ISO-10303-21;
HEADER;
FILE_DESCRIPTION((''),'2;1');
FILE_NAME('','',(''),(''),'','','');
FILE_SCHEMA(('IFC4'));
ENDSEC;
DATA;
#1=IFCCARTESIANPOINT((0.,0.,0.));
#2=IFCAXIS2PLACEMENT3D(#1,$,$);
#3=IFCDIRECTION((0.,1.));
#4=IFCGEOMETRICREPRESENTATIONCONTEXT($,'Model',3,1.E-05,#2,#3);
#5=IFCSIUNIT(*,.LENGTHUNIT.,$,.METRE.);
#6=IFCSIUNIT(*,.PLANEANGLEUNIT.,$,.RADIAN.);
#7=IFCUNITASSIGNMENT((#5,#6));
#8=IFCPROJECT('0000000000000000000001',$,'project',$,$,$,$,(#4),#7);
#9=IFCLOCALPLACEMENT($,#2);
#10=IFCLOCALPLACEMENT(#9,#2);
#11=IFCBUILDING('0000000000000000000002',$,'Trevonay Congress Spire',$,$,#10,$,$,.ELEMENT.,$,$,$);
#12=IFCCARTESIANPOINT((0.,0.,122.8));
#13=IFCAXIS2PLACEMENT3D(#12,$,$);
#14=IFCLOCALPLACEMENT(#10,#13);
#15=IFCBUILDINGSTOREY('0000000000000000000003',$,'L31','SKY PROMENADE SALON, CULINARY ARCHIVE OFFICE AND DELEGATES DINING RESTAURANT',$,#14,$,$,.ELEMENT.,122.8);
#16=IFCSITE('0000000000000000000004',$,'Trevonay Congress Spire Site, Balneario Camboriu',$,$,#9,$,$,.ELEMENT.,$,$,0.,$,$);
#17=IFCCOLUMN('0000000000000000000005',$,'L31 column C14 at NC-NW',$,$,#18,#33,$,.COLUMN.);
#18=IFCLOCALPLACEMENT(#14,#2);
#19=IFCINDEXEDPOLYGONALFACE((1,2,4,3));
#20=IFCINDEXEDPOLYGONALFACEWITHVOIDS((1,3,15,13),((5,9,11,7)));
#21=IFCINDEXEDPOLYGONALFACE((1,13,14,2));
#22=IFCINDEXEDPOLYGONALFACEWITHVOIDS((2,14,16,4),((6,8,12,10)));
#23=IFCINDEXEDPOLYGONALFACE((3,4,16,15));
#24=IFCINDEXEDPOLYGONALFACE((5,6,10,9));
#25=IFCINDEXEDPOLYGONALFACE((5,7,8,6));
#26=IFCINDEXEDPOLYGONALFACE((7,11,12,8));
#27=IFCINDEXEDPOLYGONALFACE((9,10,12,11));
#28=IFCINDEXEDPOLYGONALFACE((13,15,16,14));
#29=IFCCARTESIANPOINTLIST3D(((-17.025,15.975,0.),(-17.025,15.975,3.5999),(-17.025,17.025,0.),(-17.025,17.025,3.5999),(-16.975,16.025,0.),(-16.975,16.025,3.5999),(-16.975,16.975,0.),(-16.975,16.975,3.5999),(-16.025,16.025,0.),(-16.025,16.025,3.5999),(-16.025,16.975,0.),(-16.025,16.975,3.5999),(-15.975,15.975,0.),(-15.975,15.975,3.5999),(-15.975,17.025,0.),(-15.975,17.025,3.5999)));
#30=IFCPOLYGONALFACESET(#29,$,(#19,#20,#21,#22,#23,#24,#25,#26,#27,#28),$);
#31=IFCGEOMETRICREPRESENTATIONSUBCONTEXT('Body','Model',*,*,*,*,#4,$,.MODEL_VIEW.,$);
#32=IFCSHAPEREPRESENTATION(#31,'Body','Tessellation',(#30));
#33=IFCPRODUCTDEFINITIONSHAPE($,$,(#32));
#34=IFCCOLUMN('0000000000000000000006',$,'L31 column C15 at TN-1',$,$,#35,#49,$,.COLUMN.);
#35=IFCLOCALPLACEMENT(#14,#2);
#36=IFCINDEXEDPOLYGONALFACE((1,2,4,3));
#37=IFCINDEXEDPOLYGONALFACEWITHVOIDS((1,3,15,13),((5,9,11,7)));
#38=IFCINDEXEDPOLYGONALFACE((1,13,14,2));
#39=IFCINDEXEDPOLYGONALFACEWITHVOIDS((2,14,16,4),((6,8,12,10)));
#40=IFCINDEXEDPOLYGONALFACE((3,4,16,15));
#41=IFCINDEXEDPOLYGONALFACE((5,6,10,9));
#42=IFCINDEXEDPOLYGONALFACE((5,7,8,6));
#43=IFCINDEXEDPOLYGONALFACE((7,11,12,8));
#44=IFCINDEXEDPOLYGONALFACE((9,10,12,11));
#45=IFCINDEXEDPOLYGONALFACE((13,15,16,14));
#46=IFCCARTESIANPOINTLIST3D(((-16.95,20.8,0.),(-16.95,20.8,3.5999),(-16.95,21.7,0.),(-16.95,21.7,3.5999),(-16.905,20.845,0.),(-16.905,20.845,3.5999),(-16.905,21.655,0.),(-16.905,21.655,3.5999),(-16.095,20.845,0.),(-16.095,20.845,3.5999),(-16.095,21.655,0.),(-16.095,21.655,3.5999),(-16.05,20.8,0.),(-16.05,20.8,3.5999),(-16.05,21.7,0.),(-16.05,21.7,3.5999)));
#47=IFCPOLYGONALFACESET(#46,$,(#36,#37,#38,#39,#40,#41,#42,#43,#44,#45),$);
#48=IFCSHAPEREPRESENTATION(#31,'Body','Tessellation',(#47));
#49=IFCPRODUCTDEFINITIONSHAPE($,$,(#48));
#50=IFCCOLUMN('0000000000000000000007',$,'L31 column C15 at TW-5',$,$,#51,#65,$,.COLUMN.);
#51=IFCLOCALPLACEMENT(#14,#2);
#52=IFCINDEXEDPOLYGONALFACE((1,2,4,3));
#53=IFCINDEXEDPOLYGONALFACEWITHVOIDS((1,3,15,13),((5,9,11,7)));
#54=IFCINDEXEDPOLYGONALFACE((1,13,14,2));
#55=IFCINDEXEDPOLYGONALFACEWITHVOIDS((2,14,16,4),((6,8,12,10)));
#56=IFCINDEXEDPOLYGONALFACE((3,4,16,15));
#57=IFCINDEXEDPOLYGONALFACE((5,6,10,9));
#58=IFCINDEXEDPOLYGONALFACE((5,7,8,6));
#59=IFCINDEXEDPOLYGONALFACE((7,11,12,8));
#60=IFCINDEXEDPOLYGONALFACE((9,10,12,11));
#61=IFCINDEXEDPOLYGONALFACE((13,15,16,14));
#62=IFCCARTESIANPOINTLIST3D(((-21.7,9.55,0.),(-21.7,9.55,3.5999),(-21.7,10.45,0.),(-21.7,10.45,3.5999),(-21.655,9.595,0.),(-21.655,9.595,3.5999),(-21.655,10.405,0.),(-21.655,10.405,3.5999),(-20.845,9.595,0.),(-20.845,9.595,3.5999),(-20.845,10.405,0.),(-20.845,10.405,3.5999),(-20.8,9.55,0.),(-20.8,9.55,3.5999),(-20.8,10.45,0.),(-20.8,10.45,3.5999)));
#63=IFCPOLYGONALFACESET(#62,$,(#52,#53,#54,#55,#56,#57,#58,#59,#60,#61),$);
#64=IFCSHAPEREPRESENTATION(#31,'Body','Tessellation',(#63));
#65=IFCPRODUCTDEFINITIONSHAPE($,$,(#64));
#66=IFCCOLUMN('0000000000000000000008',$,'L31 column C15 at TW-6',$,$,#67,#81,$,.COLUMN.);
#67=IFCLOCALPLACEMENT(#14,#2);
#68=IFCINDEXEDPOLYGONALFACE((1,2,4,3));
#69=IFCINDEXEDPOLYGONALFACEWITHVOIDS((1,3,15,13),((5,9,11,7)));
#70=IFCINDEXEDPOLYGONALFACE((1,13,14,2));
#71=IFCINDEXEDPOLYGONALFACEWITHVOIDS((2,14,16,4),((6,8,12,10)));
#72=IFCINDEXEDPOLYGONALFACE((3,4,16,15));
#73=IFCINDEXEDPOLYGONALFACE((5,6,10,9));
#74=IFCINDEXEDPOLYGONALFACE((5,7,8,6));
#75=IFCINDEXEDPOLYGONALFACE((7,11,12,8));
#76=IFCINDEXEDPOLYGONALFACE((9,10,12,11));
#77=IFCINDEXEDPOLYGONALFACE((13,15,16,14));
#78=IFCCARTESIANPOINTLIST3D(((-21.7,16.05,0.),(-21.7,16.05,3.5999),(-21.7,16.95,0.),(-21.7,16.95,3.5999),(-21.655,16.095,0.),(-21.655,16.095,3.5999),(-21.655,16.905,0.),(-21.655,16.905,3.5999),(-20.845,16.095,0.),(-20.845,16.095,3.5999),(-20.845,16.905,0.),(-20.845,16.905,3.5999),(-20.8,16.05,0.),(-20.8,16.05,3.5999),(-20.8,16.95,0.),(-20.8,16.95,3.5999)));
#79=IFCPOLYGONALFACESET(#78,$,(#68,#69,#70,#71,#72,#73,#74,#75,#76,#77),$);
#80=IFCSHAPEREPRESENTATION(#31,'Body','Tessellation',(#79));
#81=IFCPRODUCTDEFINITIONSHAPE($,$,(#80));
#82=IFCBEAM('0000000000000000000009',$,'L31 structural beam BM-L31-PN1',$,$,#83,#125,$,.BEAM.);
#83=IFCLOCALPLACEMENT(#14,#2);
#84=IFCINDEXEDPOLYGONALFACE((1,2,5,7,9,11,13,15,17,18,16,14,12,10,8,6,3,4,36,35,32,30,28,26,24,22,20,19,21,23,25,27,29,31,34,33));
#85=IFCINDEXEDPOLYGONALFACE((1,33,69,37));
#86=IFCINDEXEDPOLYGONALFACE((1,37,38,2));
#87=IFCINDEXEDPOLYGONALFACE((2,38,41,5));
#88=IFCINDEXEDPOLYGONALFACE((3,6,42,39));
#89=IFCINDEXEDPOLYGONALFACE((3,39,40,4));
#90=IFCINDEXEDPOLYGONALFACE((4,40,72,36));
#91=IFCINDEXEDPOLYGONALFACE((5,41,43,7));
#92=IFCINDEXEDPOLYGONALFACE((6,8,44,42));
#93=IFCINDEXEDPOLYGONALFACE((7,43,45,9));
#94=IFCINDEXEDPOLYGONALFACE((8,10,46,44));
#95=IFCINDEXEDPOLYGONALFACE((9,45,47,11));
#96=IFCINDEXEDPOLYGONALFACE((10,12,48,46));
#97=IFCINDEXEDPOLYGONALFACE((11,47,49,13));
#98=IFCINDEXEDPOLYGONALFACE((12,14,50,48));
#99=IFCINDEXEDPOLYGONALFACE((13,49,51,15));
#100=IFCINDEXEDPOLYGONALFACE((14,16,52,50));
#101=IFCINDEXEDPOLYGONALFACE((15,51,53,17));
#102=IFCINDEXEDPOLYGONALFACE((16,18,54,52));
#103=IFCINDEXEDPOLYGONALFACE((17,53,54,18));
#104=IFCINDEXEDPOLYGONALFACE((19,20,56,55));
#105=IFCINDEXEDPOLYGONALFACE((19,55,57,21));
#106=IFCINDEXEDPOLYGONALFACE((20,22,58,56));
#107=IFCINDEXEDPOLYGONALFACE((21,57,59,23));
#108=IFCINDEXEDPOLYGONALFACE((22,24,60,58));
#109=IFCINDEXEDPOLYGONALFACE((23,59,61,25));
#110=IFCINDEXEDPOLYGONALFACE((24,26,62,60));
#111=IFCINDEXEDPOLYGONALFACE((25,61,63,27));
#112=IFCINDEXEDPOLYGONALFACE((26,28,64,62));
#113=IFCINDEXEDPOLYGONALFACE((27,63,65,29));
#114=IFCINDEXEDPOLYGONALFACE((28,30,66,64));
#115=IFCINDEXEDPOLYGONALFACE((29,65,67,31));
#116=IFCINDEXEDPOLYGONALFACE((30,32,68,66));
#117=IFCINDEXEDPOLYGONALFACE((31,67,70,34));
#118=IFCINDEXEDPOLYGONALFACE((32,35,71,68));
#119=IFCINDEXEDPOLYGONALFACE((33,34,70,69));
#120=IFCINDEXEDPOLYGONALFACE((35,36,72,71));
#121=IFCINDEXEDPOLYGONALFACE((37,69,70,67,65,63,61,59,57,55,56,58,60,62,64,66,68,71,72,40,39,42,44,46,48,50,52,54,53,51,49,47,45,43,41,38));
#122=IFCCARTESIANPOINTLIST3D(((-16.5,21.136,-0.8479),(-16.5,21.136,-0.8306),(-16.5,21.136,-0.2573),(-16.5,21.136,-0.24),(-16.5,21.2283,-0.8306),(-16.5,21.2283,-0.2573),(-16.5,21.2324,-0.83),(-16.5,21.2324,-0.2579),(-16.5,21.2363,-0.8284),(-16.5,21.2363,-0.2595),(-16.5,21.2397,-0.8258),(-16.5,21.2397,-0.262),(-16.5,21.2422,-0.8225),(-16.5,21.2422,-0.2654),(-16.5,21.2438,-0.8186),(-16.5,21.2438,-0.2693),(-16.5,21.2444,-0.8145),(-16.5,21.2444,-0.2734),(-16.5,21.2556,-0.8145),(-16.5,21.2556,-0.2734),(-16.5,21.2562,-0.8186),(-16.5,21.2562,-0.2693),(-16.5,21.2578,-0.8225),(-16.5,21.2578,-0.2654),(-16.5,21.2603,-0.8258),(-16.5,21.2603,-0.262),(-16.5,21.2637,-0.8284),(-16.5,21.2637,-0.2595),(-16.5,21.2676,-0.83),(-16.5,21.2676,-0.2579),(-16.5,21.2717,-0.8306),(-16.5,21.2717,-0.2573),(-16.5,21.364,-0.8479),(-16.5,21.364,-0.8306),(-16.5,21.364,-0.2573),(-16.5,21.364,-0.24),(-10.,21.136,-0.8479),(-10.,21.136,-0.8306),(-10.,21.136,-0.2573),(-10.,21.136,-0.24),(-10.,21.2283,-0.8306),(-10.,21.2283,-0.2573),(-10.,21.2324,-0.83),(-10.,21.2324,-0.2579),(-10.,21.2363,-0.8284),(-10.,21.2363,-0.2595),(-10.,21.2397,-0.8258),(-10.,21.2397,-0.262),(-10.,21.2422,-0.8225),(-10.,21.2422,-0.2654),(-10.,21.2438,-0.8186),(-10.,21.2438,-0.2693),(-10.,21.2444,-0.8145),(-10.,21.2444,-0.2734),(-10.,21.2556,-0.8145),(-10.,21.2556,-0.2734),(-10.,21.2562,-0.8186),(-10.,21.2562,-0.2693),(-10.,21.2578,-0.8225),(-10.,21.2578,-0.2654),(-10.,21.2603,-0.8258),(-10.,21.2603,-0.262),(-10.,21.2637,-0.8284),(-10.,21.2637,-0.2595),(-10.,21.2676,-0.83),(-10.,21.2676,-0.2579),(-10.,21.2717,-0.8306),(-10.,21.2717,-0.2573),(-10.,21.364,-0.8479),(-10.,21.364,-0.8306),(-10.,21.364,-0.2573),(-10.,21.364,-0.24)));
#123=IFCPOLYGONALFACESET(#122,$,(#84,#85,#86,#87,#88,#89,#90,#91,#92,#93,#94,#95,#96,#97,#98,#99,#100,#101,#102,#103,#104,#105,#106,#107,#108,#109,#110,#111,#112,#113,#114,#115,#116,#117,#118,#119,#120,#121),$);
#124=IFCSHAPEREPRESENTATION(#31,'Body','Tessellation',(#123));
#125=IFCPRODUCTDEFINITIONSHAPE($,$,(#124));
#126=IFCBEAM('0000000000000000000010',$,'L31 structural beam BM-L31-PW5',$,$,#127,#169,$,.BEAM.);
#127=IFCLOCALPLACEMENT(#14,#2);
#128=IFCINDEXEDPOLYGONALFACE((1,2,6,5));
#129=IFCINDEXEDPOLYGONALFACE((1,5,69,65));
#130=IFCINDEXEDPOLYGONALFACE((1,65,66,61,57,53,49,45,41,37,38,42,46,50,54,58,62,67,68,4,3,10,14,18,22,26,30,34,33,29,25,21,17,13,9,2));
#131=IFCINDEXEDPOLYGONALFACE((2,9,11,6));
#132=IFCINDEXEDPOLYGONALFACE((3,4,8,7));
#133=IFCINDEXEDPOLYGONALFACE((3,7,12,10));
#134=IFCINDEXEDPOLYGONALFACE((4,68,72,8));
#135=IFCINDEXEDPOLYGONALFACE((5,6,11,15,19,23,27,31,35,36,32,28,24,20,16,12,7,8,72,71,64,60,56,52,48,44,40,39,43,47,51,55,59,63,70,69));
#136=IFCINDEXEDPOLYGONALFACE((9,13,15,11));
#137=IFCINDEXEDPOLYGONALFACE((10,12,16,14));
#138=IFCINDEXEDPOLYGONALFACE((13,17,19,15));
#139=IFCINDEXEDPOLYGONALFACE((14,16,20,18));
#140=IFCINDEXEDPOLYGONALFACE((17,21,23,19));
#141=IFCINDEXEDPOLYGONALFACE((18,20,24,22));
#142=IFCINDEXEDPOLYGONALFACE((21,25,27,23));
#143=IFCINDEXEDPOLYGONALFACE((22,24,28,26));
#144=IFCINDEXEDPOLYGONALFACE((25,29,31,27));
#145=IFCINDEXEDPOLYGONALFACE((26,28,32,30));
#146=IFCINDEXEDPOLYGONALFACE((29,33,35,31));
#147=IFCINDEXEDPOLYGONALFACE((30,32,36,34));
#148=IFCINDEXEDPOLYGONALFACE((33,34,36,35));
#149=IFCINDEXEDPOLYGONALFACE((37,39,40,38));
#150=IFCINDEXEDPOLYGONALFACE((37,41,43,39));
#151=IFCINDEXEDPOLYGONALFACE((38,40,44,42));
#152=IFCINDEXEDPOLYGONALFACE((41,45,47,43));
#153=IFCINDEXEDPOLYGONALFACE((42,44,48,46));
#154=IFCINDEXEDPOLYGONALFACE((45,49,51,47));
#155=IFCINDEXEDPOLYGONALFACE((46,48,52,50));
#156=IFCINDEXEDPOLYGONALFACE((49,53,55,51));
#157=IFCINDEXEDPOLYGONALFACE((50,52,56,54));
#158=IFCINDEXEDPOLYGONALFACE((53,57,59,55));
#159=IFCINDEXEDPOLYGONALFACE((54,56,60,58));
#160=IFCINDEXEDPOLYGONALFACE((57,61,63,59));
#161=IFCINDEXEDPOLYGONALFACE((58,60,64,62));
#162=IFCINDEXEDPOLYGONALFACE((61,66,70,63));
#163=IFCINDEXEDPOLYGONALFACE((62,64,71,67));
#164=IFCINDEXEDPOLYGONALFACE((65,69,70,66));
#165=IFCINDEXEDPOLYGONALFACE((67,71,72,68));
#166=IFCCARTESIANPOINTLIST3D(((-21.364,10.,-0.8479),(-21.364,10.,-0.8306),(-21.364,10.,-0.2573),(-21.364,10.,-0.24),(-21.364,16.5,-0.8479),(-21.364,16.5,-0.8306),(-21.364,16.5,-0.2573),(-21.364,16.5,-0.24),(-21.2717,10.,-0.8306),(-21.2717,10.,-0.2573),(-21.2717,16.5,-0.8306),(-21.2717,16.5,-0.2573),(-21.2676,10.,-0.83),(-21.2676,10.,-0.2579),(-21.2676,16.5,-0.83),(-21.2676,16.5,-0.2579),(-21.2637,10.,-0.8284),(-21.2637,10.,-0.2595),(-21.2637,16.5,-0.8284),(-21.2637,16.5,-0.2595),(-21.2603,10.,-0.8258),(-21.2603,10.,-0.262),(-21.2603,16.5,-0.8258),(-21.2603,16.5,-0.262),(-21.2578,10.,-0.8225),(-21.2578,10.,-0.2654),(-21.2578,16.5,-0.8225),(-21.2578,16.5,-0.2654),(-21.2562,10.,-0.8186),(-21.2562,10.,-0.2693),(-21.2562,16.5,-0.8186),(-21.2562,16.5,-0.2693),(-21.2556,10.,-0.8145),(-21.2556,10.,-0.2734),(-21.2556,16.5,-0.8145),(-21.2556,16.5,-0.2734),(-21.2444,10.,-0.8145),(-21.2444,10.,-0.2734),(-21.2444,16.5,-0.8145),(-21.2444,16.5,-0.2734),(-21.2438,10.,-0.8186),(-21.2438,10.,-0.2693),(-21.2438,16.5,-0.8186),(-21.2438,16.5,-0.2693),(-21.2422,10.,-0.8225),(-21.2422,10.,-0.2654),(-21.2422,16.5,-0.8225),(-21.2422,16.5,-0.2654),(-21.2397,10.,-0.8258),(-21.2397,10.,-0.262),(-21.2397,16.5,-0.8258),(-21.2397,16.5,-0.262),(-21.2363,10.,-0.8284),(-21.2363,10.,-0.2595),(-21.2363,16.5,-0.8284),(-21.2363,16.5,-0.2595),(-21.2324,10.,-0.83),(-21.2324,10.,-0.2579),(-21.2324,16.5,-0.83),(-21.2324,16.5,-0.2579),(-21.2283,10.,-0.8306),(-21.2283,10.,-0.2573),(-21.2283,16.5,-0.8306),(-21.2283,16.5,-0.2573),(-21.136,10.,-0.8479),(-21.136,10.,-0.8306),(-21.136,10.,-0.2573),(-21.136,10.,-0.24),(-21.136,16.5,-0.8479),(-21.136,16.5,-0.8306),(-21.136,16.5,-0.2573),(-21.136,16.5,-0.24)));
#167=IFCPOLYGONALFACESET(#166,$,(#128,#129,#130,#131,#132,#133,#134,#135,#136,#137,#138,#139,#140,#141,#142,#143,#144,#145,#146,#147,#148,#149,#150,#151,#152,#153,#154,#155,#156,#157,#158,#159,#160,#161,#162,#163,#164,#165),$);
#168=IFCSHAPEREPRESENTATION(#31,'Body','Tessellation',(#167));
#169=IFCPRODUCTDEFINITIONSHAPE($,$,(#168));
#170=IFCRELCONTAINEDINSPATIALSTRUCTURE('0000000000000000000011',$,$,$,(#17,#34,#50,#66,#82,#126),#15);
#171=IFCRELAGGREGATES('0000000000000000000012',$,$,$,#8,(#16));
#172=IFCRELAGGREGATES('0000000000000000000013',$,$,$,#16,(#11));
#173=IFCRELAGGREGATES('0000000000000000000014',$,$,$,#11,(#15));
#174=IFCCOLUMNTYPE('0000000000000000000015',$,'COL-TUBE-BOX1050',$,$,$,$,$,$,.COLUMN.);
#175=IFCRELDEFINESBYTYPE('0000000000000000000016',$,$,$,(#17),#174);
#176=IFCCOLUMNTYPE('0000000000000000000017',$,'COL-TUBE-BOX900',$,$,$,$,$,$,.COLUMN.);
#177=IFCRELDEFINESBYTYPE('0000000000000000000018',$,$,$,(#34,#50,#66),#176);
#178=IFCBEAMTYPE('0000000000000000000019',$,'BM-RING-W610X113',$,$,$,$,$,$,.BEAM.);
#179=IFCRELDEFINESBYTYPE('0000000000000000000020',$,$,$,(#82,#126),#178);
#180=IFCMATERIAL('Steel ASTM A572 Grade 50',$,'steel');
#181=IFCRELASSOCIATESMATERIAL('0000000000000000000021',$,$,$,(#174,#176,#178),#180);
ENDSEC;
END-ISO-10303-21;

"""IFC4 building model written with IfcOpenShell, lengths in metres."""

from ifc_helpers import new_model, si_unit, direction, frame, origin, origin_2d, place, context, subcontext, project, spatial, hollow_rectangle, i_section, extrude, material, material_profile, profile_set, type_object, element, save


model = new_model("IFC4")

# Units and contexts
model_context = context("Model", 3, precision=1e-05, world=origin(), true_north=direction((0.0, 1.0)))
body_context = subcontext(model_context, "Body", "Model", "MODEL_VIEW")
ifc_project = project(units=[si_unit("LENGTHUNIT", "METRE"), si_unit("PLANEANGLEUNIT", "RADIAN")], contexts=[model_context])

# Site, building, storey
site_placement = place(None, origin())
site = spatial("IfcSite", under=ifc_project, at=site_placement, Name="Trevonay Congress Spire Site, Balneario Camboriu", CompositionType="ELEMENT", RefElevation=0.0)
building_placement = place(site_placement, origin())
building = spatial("IfcBuilding", under=site, at=building_placement, Name="Trevonay Congress Spire", CompositionType="ELEMENT")
storey_placement = place(building_placement, frame((0.0, 0.0, 122.8)))
storey = spatial("IfcBuildingStorey", under=building, at=storey_placement, Name="L31", Description="SKY PROMENADE SALON, CULINARY ARCHIVE OFFICE AND DELEGATES DINING RESTAURANT", CompositionType="ELEMENT", Elevation=122.8)

# Columns
ifc_material_1 = material(Name="Steel ASTM A572 Grade 50", Category="steel")
ifc_material_profile_1 = material_profile(ifc_material_1, hollow_rectangle(XDim=1.05, YDim=1.05, WallThickness=0.05, at=origin_2d()), Name="BOX 1050x1050x50")
ifc_profile_set_1 = profile_set([ifc_material_profile_1], Name="Steel ASTM A572 Grade 50")
column_type_1 = type_object("IfcColumnType", Name="COL-TUBE-BOX1050", PredefinedType="COLUMN", material=ifc_profile_set_1)
column_placement = place(storey_placement, frame((-16.5, 16.5, 0.0), z_axis=(0.0, 0.0, 1.0), x_axis=(1.0, 0.0, 0.0)))
element("IfcColumn", 1, at=column_placement, inside=storey, type_object=column_type_1, Name="L31 column C14 at NC-NW", PredefinedType="COLUMN", context=body_context, shape_type="SweptSolid", body=[
    extrude(hollow_rectangle(XDim=1.05, YDim=1.05, WallThickness=0.05, at=origin_2d()), origin(), (0.0, 0.0, 1.0), 3.5999),
])
ifc_material_profile_2 = material_profile(ifc_material_1, hollow_rectangle(XDim=0.8999, YDim=0.8999, WallThickness=0.0449, at=origin_2d()), Name="BOX 900x900x45")
ifc_profile_set_2 = profile_set([ifc_material_profile_2], Name="Steel ASTM A572 Grade 50")
column_type_2 = type_object("IfcColumnType", Name="COL-TUBE-BOX900", PredefinedType="COLUMN", material=ifc_profile_set_2)
for number, where, z_axis, x_axis, name in (
    (2, (-16.5, 21.25, 0.0), (0.0, 0.0, 1.0), (1.0, 0.0, 0.0), "L31 column C15 at TN-1"),
    (3, (-21.25, 10.0, 0.0), (0.0, 0.0, 1.0), (1.0, 0.0, 0.0), "L31 column C15 at TW-5"),
    (4, (-21.25, 16.5, 0.0), (0.0, 0.0, 1.0), (1.0, 0.0, 0.0), "L31 column C15 at TW-6"),
):
    element("IfcColumn", number, at=place(storey_placement, frame(where, z_axis=z_axis, x_axis=x_axis)), inside=storey, type_object=column_type_2, Name=name, PredefinedType="COLUMN", context=body_context, shape_type="SweptSolid", body=[
        extrude(hollow_rectangle(XDim=0.8999, YDim=0.8999, WallThickness=0.0449, at=origin_2d()), origin(), (0.0, 0.0, 1.0), 3.5999),
    ])

# Beams
ifc_material_profile_3 = material_profile(ifc_material_1, i_section(OverallWidth=0.228, OverallDepth=0.6079, WebThickness=0.0112, FlangeThickness=0.0173, FilletRadius=0.0161, at=origin_2d()), Name="W610x113")
ifc_profile_set_3 = profile_set([ifc_material_profile_3], Name="Steel ASTM A572 Grade 50")
beam_type_1 = type_object("IfcBeamType", Name="BM-RING-W610X113", PredefinedType="BEAM", material=ifc_profile_set_3)
for number, where, z_axis, x_axis, name in (
    (5, (-16.5, 21.25, -0.5439), (1.0, 0.0, 0.0), (0.0, 1.0, 0.0), "L31 structural beam BM-L31-PN1"),
    (6, (-21.25, 10.0, -0.5439), (0.0, 1.0, 0.0), (-1.0, 0.0, 0.0), "L31 structural beam BM-L31-PW5"),
):
    element("IfcBeam", number, at=place(storey_placement, frame(where, z_axis=z_axis, x_axis=x_axis)), inside=storey, type_object=beam_type_1, Name=name, PredefinedType="BEAM", context=body_context, shape_type="SweptSolid", body=[
        extrude(i_section(OverallWidth=0.228, OverallDepth=0.6079, WebThickness=0.0112, FlangeThickness=0.0173, FilletRadius=0.0161, at=origin_2d()), origin(), (0.0, 0.0, 1.0), 6.5),
    ])

save(model, "model.ifc")
